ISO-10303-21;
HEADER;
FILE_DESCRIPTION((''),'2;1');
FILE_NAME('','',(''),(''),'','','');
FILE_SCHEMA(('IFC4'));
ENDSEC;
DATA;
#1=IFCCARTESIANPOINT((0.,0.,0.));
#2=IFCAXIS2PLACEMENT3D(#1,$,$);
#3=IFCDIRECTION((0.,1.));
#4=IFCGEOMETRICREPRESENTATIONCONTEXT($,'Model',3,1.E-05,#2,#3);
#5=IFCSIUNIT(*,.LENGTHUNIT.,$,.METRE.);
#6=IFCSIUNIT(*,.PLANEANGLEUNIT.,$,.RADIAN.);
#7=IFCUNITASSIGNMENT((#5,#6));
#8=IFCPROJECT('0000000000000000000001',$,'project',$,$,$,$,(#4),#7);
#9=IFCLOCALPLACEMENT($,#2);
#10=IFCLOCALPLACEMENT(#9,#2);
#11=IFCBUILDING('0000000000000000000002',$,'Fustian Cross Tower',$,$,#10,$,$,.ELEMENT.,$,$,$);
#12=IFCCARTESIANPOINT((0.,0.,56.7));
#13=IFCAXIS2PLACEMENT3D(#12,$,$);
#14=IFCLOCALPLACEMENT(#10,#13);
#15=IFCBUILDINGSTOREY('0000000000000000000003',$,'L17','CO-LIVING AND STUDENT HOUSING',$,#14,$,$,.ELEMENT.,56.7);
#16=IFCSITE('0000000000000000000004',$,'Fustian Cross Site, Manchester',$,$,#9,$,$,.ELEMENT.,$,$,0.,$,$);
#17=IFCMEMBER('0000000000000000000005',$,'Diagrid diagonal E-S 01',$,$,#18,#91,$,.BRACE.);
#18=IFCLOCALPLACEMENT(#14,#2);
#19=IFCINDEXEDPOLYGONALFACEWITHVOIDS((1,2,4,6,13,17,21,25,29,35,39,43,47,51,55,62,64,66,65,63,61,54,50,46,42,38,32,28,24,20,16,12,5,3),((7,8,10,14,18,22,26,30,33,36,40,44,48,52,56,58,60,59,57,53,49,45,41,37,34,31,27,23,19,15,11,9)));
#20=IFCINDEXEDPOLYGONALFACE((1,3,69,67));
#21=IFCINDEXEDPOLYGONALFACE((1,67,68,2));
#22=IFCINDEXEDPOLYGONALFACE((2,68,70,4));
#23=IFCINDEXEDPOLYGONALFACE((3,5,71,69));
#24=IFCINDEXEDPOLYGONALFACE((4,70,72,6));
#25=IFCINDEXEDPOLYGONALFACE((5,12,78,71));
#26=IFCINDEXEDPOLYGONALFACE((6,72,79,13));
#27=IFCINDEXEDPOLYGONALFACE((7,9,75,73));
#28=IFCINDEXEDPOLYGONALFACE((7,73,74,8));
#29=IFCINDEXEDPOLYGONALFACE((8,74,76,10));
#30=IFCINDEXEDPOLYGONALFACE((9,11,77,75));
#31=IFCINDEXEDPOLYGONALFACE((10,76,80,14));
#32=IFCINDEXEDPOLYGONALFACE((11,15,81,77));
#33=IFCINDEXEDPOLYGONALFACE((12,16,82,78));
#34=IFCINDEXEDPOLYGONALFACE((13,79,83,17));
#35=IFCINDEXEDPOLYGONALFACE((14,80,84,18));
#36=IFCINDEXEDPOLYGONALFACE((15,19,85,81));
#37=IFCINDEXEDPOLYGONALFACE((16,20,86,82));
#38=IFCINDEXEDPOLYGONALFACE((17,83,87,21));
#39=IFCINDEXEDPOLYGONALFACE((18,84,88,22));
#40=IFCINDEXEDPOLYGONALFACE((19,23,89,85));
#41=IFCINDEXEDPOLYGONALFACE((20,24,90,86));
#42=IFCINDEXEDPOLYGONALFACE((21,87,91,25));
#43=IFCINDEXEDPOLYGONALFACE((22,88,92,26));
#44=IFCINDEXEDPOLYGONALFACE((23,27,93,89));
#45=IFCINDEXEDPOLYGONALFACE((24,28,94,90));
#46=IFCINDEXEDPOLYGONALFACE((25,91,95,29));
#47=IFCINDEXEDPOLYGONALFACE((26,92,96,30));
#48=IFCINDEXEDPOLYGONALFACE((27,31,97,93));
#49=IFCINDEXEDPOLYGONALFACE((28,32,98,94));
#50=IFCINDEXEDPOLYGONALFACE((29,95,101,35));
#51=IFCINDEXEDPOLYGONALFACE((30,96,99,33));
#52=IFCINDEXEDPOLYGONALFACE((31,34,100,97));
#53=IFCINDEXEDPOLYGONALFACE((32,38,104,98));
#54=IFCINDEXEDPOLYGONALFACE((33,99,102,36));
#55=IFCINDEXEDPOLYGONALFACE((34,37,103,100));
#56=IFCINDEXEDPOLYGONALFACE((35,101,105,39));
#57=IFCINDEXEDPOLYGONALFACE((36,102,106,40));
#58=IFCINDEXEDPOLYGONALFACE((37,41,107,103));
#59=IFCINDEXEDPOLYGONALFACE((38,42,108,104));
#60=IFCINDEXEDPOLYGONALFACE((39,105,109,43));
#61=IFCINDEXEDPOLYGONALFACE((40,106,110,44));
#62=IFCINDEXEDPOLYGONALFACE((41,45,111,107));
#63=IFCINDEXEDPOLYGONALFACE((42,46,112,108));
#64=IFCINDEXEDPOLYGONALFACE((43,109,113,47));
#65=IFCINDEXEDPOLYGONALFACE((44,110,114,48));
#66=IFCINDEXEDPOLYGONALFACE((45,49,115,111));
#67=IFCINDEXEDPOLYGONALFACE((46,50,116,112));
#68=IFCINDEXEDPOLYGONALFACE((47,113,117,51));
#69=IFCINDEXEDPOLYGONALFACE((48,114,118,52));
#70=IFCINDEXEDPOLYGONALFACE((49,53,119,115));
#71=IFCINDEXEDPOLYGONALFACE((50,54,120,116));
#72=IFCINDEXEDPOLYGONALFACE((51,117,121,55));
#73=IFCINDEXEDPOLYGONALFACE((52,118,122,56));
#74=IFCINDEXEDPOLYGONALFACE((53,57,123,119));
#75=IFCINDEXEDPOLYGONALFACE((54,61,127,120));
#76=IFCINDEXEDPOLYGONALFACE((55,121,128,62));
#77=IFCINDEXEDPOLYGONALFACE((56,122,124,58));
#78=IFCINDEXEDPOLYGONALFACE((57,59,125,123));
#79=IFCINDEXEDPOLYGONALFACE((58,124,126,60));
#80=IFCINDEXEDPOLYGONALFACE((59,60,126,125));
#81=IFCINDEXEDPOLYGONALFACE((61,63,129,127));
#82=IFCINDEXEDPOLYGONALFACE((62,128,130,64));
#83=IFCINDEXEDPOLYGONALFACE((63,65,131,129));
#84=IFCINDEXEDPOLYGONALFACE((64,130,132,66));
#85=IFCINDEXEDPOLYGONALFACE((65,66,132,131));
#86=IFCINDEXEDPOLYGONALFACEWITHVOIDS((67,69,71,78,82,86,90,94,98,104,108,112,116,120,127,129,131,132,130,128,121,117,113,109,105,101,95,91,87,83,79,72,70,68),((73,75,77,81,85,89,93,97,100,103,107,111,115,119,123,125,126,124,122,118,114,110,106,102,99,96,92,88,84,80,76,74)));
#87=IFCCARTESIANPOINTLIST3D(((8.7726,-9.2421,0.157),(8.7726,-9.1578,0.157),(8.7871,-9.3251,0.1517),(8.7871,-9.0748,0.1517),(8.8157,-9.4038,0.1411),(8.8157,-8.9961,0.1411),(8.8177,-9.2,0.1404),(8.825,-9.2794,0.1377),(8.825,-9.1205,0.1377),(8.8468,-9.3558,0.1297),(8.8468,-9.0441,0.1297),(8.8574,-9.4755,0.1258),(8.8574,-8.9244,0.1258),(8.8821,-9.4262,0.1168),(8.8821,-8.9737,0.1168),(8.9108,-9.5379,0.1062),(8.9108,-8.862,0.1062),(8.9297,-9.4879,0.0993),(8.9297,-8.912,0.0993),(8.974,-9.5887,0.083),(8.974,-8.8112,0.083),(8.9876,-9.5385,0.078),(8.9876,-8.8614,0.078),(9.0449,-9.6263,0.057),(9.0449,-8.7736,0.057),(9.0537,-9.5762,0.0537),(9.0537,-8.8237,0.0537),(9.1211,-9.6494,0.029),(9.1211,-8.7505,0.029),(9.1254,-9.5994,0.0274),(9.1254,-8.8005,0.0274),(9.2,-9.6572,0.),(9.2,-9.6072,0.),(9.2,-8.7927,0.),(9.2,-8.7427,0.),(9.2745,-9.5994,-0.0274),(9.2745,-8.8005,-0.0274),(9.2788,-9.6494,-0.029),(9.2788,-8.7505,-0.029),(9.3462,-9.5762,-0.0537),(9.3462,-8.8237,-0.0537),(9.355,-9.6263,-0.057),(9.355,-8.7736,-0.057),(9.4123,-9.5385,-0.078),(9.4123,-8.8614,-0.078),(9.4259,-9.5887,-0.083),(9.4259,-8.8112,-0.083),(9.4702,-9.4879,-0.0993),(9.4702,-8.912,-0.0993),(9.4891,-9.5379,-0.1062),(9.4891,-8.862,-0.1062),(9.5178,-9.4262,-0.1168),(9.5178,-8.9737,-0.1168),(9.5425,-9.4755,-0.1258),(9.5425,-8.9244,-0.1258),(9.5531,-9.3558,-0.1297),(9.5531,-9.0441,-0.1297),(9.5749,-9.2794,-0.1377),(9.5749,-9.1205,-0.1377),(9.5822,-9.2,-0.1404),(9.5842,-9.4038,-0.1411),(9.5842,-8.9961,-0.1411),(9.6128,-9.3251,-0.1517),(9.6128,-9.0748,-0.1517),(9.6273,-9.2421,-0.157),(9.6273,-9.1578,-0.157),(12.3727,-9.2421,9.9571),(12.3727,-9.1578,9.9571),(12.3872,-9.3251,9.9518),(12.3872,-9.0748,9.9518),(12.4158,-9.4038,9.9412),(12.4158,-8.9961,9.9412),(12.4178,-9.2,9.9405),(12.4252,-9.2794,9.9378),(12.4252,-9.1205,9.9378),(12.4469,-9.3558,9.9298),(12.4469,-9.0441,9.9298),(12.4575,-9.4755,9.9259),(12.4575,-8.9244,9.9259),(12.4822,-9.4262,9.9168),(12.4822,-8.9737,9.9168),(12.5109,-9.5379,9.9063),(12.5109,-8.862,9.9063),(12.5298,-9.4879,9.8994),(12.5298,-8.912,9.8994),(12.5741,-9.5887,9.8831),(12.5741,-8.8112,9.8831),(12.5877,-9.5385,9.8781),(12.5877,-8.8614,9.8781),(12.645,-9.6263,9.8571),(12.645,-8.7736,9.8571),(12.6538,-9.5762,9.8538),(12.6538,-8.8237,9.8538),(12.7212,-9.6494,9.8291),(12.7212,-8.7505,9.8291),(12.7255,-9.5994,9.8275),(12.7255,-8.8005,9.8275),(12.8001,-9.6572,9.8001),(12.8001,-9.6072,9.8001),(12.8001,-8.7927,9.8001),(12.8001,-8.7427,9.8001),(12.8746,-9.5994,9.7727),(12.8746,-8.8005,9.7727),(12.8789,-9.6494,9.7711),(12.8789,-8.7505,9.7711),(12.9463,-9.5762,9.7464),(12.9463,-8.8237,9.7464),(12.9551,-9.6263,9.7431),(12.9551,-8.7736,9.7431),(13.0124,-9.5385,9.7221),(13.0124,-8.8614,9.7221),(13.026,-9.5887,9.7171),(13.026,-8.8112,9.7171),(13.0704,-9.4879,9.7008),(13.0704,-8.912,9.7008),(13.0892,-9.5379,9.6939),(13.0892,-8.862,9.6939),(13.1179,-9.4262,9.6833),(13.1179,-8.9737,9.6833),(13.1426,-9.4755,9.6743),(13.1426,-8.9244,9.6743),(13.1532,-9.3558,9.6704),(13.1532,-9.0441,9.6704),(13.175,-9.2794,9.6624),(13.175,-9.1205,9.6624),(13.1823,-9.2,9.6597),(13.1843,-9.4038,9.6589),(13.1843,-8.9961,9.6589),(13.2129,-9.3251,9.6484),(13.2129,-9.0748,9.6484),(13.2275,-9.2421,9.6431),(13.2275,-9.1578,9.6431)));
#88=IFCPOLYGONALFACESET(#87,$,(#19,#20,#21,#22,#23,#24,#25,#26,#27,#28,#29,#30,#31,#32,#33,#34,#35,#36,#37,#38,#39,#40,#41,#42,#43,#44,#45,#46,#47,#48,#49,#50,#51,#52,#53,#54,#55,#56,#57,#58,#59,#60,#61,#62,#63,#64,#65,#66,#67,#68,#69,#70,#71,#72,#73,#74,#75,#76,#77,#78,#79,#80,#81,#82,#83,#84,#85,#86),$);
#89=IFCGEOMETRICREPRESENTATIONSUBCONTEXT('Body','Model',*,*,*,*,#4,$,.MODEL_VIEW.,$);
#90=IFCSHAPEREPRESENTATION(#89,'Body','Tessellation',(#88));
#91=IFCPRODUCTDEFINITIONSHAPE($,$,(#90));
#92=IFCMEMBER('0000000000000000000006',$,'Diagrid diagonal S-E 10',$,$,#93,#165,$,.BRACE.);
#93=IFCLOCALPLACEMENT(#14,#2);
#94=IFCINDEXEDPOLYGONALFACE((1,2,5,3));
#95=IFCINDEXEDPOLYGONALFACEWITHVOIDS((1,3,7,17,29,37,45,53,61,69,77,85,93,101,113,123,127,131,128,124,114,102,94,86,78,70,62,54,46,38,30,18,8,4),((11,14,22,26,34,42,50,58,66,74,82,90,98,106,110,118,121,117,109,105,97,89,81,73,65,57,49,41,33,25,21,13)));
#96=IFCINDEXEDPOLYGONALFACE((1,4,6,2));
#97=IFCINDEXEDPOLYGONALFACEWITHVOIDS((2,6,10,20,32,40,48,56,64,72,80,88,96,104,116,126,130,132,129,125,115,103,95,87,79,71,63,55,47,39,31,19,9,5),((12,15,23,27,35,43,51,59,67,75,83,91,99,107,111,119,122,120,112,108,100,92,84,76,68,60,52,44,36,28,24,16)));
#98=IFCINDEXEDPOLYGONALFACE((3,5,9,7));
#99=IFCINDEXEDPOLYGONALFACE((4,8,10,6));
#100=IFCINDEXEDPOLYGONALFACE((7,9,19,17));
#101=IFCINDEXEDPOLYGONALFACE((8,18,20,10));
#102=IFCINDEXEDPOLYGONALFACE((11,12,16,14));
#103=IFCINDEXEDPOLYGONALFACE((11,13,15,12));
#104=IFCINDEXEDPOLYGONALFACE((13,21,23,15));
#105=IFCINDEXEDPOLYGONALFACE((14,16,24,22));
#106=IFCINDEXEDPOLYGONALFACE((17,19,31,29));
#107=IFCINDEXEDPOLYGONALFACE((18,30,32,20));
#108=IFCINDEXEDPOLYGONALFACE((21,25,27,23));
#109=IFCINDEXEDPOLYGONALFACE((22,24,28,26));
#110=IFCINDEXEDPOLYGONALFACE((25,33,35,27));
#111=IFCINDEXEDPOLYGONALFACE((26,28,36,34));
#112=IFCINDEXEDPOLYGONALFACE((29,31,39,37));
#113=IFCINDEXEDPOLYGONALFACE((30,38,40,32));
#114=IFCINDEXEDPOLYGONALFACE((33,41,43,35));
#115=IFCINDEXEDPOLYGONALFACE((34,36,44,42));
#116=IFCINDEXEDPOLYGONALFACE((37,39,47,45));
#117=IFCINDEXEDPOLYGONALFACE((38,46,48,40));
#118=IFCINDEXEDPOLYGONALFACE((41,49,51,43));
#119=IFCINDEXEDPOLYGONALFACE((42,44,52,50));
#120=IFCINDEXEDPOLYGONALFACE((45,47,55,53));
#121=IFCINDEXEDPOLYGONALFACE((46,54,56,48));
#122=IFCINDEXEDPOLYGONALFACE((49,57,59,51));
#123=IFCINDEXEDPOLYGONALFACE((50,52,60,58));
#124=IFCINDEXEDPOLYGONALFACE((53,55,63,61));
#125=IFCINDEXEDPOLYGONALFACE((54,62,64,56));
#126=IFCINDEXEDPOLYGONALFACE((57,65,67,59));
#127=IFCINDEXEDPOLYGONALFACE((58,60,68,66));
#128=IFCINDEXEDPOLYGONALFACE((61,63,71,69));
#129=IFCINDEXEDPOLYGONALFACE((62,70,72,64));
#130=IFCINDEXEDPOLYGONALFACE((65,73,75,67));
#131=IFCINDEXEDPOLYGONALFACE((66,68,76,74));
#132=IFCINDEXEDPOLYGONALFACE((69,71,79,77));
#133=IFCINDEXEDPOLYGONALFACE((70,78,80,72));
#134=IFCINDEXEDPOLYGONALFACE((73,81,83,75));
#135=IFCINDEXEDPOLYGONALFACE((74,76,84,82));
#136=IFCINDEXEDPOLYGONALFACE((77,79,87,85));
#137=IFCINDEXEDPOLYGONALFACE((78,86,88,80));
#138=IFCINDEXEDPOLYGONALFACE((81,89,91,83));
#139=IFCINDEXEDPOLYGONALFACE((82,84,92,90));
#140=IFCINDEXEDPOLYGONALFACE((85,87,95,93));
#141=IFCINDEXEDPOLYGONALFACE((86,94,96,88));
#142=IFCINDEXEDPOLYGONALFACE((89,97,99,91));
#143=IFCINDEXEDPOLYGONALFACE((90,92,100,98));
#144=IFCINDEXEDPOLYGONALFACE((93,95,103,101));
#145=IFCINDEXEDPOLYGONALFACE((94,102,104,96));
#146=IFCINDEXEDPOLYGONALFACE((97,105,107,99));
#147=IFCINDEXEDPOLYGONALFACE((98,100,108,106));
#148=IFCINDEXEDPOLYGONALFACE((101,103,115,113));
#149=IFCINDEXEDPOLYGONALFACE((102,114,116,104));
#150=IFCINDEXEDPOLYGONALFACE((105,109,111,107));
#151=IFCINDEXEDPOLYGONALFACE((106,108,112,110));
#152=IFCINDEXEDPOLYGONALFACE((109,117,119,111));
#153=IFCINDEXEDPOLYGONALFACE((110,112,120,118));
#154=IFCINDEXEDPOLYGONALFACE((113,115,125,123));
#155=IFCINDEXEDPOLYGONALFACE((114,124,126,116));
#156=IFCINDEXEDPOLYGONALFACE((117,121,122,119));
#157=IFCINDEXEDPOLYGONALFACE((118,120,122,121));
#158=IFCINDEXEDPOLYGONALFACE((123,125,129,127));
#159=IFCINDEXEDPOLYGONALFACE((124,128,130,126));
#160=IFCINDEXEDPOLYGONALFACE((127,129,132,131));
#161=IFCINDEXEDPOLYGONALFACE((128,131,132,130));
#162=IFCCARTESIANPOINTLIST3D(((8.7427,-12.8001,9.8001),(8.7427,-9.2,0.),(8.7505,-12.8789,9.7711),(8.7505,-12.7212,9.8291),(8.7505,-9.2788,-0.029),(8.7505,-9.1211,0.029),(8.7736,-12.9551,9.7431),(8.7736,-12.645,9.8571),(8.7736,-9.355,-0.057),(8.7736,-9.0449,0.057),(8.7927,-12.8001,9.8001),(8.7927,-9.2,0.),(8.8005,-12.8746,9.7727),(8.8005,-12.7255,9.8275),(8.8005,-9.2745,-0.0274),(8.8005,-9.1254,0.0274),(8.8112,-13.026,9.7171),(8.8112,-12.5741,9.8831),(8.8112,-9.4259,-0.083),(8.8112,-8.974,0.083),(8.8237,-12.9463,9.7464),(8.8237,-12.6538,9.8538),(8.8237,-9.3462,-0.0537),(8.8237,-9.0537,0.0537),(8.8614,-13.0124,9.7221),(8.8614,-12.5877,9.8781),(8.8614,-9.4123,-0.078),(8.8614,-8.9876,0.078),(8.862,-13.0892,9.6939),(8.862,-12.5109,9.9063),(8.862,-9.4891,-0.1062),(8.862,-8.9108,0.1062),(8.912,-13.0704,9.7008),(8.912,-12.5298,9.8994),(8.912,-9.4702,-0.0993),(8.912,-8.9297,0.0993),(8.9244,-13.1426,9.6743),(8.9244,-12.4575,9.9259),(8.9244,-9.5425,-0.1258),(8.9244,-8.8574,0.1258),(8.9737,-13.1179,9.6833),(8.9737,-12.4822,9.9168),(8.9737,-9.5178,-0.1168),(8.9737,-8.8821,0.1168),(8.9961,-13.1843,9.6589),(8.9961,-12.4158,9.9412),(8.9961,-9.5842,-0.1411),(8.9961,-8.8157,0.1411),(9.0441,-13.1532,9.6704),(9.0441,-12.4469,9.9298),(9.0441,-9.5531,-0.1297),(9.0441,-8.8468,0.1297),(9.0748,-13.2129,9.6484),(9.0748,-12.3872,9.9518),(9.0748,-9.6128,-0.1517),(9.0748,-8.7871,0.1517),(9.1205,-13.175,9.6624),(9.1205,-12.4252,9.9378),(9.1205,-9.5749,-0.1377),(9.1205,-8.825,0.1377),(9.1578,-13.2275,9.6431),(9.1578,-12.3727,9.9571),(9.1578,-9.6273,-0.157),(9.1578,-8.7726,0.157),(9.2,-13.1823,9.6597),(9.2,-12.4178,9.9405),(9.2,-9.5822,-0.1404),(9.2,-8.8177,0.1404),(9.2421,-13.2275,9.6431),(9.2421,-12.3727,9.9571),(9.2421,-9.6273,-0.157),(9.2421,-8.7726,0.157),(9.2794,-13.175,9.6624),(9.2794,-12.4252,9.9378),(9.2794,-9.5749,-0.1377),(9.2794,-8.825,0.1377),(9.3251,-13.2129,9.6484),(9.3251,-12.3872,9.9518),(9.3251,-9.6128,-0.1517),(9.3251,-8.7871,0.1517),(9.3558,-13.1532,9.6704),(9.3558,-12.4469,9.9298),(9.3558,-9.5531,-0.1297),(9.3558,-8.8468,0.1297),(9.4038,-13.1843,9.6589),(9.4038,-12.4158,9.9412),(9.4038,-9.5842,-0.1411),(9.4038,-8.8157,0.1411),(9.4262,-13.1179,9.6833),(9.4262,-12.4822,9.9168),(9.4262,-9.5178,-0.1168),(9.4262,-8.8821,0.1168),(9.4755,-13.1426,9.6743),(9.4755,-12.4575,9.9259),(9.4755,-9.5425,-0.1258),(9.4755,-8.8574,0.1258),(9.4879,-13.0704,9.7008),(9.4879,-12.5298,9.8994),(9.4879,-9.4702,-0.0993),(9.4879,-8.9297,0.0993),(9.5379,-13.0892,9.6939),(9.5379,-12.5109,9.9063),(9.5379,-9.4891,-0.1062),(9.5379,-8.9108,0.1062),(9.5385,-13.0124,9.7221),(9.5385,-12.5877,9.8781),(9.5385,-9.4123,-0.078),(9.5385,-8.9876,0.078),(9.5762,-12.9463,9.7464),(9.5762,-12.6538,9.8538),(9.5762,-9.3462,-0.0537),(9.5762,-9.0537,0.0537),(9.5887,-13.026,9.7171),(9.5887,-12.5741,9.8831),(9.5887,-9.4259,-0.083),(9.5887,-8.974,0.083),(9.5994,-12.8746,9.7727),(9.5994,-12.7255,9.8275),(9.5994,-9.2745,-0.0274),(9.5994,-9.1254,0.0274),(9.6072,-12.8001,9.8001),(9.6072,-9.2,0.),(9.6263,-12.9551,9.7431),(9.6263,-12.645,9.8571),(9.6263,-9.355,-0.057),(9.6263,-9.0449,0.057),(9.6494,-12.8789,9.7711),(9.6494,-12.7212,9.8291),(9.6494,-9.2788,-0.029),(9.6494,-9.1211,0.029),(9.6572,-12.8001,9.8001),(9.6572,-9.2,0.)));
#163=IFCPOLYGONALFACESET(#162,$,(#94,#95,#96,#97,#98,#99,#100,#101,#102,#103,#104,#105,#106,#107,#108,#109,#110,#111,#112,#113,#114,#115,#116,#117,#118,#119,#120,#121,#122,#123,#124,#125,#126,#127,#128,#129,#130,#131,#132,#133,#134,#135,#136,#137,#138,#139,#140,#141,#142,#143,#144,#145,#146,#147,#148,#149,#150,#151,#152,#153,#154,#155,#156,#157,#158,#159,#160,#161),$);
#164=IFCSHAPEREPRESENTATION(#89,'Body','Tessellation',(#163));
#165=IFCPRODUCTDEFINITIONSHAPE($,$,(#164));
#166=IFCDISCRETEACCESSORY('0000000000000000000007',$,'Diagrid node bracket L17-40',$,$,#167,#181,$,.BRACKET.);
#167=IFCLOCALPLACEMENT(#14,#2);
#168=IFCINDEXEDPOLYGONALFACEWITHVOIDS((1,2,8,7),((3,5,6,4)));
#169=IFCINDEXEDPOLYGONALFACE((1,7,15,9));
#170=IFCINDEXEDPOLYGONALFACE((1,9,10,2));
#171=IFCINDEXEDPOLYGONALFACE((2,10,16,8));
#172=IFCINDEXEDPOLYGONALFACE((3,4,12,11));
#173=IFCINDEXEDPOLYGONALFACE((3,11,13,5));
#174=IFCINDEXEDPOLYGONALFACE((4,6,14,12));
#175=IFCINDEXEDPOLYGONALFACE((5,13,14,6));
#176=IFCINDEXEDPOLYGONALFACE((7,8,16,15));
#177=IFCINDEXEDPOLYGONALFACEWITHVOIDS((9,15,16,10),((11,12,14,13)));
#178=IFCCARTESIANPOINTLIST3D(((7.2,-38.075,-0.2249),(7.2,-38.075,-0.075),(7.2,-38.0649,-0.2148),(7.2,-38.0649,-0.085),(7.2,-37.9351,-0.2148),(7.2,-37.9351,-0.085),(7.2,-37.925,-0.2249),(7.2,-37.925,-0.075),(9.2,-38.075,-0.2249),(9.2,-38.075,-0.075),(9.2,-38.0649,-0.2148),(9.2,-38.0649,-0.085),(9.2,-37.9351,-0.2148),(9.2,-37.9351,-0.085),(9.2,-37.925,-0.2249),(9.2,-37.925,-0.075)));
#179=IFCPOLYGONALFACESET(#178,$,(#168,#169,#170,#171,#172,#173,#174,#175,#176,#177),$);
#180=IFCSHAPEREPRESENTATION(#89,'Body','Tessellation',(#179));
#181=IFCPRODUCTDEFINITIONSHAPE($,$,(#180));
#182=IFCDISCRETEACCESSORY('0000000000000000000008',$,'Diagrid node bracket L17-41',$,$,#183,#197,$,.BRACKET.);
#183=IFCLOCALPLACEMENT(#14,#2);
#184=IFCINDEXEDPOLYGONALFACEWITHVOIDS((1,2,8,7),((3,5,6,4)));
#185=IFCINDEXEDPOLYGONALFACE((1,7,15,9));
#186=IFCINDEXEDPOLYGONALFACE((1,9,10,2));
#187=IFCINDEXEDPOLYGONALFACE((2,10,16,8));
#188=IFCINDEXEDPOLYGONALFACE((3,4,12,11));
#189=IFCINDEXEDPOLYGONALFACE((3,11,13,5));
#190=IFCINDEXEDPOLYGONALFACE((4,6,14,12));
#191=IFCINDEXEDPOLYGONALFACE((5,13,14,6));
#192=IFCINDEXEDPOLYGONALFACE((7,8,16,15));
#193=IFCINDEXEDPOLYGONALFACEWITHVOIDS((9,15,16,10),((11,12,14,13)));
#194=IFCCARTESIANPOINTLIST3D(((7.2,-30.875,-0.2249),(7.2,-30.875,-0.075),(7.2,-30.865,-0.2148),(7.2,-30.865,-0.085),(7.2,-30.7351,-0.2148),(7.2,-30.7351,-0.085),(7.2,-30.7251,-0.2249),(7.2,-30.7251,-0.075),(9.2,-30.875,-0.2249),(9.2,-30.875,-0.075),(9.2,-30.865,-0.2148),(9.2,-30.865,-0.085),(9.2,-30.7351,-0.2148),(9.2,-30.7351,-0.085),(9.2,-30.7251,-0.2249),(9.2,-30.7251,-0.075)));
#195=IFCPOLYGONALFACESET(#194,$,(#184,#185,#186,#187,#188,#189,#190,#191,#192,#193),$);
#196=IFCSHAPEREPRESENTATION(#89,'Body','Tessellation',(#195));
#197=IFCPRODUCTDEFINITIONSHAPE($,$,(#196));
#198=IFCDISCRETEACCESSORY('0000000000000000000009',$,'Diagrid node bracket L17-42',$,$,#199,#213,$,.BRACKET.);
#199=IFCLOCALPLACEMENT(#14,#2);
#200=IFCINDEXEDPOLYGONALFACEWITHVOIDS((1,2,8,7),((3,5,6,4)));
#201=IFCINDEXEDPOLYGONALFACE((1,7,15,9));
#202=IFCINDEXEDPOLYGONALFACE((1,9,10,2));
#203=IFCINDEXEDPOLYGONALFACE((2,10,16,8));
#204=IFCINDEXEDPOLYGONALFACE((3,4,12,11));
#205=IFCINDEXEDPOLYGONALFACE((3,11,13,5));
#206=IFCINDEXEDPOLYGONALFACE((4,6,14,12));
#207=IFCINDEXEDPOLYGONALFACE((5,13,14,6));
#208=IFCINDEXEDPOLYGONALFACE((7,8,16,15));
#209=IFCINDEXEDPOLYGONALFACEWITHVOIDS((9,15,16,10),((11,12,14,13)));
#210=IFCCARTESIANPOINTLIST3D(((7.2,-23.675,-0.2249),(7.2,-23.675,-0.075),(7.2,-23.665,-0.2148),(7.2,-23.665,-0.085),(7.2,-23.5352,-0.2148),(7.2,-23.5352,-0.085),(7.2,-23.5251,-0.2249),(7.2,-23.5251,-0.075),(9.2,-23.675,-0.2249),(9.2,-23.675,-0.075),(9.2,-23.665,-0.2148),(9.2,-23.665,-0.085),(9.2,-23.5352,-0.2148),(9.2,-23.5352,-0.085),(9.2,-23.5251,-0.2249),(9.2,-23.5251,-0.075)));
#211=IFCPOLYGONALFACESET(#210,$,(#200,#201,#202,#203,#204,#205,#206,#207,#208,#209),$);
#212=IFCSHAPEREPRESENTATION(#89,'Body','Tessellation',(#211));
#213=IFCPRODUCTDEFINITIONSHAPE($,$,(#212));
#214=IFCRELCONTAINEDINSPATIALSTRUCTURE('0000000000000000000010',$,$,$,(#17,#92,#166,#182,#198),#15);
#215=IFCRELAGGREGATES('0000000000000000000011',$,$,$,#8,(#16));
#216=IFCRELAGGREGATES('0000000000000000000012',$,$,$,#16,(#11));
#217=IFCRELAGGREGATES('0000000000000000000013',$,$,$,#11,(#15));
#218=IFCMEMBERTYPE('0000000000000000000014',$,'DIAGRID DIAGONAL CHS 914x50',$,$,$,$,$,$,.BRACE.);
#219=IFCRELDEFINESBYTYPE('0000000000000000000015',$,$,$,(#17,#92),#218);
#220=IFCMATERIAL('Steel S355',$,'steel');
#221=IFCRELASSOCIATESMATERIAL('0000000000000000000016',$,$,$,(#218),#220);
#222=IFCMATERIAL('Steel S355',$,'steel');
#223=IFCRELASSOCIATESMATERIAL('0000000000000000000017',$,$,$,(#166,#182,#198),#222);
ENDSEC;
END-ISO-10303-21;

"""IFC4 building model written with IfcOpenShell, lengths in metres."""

from ifc_helpers import new_model, si_unit, direction, frame, origin, origin_2d, place, context, subcontext, project, spatial, hollow_rectangle, hollow_circle, extrude, material, material_profile, profile_set, type_object, element, save


model = new_model("IFC4")

# Units and contexts
model_context = context("Model", 3, precision=1e-05, world=origin(), true_north=direction((0.0, 1.0)))
body_context = subcontext(model_context, "Body", "Model", "MODEL_VIEW")
ifc_project = project(units=[si_unit("LENGTHUNIT", "METRE"), si_unit("PLANEANGLEUNIT", "RADIAN")], contexts=[model_context])

# Site, building, storey
site_placement = place(None, origin())
site = spatial("IfcSite", under=ifc_project, at=site_placement, Name="Fustian Cross Site, Manchester", CompositionType="ELEMENT", RefElevation=0.0)
building_placement = place(site_placement, origin())
building = spatial("IfcBuilding", under=site, at=building_placement, Name="Fustian Cross Tower", CompositionType="ELEMENT")
storey_placement = place(building_placement, frame((0.0, 0.0, 56.7)))
storey = spatial("IfcBuildingStorey", under=building, at=storey_placement, Name="L17", Description="CO-LIVING AND STUDENT HOUSING", CompositionType="ELEMENT", Elevation=56.7)

# Members
ifc_material_1 = material(Name="Steel S355", Category="steel")
ifc_material_profile_1 = material_profile(ifc_material_1, hollow_circle(Radius=0.4573, WallThickness=0.05, at=origin_2d()), Name="CHS 914x50")
ifc_profile_set_1 = profile_set([ifc_material_profile_1], Name="Steel S355")
member_type_1 = type_object("IfcMemberType", Name="DIAGRID DIAGONAL CHS 914x50", PredefinedType="BRACE", material=ifc_profile_set_1)
for number, where, z_axis, x_axis, name in (
    (1, (9.2, -9.2, 0.0), (0.344824, 0.0, 0.938667), (0.0, 1.0, 0.0), "Diagrid diagonal E-S 01"),
    (2, (9.2, -9.2, 0.0), (0.0, -0.344824, 0.938667), (1.0, 0.0, 0.0), "Diagrid diagonal S-E 10"),
):
    element("IfcMember", number, at=place(storey_placement, frame(where, z_axis=z_axis, x_axis=x_axis)), inside=storey, type_object=member_type_1, Name=name, PredefinedType="BRACE", context=body_context, shape_type="SweptSolid", body=[
        extrude(hollow_circle(Radius=0.4573, WallThickness=0.05, at=origin_2d()), origin(), (0.0, 0.0, 1.0), 10.4404),
    ])

# Discrete accessories
ifc_material_2 = material(Name="Steel S355", Category="steel")
for number, where, z_axis, x_axis, name in (
    (3, (9.2, -38.0, -0.1499), (-1.0, 0.0, 0.0), (0.0, -1.0, 0.0), "Diagrid node bracket L17-40"),
    (4, (9.2, -30.8, -0.1499), (-1.0, 0.0, 0.0), (0.0, -1.0, 0.0), "Diagrid node bracket L17-41"),
    (5, (9.2, -23.6001, -0.1499), (-1.0, 0.0, 0.0), (0.0, -1.0, 0.0), "Diagrid node bracket L17-42"),
):
    element("IfcDiscreteAccessory", number, at=place(storey_placement, frame(where, z_axis=z_axis, x_axis=x_axis)), inside=storey, material=ifc_material_2, Name=name, PredefinedType="BRACKET", context=body_context, shape_type="SweptSolid", body=[
        extrude(hollow_rectangle(XDim=0.1499, YDim=0.1499, WallThickness=0.01, at=origin_2d()), origin(), (0.0, 0.0, 1.0), 2.0),
    ])

save(model, "model.ifc")
